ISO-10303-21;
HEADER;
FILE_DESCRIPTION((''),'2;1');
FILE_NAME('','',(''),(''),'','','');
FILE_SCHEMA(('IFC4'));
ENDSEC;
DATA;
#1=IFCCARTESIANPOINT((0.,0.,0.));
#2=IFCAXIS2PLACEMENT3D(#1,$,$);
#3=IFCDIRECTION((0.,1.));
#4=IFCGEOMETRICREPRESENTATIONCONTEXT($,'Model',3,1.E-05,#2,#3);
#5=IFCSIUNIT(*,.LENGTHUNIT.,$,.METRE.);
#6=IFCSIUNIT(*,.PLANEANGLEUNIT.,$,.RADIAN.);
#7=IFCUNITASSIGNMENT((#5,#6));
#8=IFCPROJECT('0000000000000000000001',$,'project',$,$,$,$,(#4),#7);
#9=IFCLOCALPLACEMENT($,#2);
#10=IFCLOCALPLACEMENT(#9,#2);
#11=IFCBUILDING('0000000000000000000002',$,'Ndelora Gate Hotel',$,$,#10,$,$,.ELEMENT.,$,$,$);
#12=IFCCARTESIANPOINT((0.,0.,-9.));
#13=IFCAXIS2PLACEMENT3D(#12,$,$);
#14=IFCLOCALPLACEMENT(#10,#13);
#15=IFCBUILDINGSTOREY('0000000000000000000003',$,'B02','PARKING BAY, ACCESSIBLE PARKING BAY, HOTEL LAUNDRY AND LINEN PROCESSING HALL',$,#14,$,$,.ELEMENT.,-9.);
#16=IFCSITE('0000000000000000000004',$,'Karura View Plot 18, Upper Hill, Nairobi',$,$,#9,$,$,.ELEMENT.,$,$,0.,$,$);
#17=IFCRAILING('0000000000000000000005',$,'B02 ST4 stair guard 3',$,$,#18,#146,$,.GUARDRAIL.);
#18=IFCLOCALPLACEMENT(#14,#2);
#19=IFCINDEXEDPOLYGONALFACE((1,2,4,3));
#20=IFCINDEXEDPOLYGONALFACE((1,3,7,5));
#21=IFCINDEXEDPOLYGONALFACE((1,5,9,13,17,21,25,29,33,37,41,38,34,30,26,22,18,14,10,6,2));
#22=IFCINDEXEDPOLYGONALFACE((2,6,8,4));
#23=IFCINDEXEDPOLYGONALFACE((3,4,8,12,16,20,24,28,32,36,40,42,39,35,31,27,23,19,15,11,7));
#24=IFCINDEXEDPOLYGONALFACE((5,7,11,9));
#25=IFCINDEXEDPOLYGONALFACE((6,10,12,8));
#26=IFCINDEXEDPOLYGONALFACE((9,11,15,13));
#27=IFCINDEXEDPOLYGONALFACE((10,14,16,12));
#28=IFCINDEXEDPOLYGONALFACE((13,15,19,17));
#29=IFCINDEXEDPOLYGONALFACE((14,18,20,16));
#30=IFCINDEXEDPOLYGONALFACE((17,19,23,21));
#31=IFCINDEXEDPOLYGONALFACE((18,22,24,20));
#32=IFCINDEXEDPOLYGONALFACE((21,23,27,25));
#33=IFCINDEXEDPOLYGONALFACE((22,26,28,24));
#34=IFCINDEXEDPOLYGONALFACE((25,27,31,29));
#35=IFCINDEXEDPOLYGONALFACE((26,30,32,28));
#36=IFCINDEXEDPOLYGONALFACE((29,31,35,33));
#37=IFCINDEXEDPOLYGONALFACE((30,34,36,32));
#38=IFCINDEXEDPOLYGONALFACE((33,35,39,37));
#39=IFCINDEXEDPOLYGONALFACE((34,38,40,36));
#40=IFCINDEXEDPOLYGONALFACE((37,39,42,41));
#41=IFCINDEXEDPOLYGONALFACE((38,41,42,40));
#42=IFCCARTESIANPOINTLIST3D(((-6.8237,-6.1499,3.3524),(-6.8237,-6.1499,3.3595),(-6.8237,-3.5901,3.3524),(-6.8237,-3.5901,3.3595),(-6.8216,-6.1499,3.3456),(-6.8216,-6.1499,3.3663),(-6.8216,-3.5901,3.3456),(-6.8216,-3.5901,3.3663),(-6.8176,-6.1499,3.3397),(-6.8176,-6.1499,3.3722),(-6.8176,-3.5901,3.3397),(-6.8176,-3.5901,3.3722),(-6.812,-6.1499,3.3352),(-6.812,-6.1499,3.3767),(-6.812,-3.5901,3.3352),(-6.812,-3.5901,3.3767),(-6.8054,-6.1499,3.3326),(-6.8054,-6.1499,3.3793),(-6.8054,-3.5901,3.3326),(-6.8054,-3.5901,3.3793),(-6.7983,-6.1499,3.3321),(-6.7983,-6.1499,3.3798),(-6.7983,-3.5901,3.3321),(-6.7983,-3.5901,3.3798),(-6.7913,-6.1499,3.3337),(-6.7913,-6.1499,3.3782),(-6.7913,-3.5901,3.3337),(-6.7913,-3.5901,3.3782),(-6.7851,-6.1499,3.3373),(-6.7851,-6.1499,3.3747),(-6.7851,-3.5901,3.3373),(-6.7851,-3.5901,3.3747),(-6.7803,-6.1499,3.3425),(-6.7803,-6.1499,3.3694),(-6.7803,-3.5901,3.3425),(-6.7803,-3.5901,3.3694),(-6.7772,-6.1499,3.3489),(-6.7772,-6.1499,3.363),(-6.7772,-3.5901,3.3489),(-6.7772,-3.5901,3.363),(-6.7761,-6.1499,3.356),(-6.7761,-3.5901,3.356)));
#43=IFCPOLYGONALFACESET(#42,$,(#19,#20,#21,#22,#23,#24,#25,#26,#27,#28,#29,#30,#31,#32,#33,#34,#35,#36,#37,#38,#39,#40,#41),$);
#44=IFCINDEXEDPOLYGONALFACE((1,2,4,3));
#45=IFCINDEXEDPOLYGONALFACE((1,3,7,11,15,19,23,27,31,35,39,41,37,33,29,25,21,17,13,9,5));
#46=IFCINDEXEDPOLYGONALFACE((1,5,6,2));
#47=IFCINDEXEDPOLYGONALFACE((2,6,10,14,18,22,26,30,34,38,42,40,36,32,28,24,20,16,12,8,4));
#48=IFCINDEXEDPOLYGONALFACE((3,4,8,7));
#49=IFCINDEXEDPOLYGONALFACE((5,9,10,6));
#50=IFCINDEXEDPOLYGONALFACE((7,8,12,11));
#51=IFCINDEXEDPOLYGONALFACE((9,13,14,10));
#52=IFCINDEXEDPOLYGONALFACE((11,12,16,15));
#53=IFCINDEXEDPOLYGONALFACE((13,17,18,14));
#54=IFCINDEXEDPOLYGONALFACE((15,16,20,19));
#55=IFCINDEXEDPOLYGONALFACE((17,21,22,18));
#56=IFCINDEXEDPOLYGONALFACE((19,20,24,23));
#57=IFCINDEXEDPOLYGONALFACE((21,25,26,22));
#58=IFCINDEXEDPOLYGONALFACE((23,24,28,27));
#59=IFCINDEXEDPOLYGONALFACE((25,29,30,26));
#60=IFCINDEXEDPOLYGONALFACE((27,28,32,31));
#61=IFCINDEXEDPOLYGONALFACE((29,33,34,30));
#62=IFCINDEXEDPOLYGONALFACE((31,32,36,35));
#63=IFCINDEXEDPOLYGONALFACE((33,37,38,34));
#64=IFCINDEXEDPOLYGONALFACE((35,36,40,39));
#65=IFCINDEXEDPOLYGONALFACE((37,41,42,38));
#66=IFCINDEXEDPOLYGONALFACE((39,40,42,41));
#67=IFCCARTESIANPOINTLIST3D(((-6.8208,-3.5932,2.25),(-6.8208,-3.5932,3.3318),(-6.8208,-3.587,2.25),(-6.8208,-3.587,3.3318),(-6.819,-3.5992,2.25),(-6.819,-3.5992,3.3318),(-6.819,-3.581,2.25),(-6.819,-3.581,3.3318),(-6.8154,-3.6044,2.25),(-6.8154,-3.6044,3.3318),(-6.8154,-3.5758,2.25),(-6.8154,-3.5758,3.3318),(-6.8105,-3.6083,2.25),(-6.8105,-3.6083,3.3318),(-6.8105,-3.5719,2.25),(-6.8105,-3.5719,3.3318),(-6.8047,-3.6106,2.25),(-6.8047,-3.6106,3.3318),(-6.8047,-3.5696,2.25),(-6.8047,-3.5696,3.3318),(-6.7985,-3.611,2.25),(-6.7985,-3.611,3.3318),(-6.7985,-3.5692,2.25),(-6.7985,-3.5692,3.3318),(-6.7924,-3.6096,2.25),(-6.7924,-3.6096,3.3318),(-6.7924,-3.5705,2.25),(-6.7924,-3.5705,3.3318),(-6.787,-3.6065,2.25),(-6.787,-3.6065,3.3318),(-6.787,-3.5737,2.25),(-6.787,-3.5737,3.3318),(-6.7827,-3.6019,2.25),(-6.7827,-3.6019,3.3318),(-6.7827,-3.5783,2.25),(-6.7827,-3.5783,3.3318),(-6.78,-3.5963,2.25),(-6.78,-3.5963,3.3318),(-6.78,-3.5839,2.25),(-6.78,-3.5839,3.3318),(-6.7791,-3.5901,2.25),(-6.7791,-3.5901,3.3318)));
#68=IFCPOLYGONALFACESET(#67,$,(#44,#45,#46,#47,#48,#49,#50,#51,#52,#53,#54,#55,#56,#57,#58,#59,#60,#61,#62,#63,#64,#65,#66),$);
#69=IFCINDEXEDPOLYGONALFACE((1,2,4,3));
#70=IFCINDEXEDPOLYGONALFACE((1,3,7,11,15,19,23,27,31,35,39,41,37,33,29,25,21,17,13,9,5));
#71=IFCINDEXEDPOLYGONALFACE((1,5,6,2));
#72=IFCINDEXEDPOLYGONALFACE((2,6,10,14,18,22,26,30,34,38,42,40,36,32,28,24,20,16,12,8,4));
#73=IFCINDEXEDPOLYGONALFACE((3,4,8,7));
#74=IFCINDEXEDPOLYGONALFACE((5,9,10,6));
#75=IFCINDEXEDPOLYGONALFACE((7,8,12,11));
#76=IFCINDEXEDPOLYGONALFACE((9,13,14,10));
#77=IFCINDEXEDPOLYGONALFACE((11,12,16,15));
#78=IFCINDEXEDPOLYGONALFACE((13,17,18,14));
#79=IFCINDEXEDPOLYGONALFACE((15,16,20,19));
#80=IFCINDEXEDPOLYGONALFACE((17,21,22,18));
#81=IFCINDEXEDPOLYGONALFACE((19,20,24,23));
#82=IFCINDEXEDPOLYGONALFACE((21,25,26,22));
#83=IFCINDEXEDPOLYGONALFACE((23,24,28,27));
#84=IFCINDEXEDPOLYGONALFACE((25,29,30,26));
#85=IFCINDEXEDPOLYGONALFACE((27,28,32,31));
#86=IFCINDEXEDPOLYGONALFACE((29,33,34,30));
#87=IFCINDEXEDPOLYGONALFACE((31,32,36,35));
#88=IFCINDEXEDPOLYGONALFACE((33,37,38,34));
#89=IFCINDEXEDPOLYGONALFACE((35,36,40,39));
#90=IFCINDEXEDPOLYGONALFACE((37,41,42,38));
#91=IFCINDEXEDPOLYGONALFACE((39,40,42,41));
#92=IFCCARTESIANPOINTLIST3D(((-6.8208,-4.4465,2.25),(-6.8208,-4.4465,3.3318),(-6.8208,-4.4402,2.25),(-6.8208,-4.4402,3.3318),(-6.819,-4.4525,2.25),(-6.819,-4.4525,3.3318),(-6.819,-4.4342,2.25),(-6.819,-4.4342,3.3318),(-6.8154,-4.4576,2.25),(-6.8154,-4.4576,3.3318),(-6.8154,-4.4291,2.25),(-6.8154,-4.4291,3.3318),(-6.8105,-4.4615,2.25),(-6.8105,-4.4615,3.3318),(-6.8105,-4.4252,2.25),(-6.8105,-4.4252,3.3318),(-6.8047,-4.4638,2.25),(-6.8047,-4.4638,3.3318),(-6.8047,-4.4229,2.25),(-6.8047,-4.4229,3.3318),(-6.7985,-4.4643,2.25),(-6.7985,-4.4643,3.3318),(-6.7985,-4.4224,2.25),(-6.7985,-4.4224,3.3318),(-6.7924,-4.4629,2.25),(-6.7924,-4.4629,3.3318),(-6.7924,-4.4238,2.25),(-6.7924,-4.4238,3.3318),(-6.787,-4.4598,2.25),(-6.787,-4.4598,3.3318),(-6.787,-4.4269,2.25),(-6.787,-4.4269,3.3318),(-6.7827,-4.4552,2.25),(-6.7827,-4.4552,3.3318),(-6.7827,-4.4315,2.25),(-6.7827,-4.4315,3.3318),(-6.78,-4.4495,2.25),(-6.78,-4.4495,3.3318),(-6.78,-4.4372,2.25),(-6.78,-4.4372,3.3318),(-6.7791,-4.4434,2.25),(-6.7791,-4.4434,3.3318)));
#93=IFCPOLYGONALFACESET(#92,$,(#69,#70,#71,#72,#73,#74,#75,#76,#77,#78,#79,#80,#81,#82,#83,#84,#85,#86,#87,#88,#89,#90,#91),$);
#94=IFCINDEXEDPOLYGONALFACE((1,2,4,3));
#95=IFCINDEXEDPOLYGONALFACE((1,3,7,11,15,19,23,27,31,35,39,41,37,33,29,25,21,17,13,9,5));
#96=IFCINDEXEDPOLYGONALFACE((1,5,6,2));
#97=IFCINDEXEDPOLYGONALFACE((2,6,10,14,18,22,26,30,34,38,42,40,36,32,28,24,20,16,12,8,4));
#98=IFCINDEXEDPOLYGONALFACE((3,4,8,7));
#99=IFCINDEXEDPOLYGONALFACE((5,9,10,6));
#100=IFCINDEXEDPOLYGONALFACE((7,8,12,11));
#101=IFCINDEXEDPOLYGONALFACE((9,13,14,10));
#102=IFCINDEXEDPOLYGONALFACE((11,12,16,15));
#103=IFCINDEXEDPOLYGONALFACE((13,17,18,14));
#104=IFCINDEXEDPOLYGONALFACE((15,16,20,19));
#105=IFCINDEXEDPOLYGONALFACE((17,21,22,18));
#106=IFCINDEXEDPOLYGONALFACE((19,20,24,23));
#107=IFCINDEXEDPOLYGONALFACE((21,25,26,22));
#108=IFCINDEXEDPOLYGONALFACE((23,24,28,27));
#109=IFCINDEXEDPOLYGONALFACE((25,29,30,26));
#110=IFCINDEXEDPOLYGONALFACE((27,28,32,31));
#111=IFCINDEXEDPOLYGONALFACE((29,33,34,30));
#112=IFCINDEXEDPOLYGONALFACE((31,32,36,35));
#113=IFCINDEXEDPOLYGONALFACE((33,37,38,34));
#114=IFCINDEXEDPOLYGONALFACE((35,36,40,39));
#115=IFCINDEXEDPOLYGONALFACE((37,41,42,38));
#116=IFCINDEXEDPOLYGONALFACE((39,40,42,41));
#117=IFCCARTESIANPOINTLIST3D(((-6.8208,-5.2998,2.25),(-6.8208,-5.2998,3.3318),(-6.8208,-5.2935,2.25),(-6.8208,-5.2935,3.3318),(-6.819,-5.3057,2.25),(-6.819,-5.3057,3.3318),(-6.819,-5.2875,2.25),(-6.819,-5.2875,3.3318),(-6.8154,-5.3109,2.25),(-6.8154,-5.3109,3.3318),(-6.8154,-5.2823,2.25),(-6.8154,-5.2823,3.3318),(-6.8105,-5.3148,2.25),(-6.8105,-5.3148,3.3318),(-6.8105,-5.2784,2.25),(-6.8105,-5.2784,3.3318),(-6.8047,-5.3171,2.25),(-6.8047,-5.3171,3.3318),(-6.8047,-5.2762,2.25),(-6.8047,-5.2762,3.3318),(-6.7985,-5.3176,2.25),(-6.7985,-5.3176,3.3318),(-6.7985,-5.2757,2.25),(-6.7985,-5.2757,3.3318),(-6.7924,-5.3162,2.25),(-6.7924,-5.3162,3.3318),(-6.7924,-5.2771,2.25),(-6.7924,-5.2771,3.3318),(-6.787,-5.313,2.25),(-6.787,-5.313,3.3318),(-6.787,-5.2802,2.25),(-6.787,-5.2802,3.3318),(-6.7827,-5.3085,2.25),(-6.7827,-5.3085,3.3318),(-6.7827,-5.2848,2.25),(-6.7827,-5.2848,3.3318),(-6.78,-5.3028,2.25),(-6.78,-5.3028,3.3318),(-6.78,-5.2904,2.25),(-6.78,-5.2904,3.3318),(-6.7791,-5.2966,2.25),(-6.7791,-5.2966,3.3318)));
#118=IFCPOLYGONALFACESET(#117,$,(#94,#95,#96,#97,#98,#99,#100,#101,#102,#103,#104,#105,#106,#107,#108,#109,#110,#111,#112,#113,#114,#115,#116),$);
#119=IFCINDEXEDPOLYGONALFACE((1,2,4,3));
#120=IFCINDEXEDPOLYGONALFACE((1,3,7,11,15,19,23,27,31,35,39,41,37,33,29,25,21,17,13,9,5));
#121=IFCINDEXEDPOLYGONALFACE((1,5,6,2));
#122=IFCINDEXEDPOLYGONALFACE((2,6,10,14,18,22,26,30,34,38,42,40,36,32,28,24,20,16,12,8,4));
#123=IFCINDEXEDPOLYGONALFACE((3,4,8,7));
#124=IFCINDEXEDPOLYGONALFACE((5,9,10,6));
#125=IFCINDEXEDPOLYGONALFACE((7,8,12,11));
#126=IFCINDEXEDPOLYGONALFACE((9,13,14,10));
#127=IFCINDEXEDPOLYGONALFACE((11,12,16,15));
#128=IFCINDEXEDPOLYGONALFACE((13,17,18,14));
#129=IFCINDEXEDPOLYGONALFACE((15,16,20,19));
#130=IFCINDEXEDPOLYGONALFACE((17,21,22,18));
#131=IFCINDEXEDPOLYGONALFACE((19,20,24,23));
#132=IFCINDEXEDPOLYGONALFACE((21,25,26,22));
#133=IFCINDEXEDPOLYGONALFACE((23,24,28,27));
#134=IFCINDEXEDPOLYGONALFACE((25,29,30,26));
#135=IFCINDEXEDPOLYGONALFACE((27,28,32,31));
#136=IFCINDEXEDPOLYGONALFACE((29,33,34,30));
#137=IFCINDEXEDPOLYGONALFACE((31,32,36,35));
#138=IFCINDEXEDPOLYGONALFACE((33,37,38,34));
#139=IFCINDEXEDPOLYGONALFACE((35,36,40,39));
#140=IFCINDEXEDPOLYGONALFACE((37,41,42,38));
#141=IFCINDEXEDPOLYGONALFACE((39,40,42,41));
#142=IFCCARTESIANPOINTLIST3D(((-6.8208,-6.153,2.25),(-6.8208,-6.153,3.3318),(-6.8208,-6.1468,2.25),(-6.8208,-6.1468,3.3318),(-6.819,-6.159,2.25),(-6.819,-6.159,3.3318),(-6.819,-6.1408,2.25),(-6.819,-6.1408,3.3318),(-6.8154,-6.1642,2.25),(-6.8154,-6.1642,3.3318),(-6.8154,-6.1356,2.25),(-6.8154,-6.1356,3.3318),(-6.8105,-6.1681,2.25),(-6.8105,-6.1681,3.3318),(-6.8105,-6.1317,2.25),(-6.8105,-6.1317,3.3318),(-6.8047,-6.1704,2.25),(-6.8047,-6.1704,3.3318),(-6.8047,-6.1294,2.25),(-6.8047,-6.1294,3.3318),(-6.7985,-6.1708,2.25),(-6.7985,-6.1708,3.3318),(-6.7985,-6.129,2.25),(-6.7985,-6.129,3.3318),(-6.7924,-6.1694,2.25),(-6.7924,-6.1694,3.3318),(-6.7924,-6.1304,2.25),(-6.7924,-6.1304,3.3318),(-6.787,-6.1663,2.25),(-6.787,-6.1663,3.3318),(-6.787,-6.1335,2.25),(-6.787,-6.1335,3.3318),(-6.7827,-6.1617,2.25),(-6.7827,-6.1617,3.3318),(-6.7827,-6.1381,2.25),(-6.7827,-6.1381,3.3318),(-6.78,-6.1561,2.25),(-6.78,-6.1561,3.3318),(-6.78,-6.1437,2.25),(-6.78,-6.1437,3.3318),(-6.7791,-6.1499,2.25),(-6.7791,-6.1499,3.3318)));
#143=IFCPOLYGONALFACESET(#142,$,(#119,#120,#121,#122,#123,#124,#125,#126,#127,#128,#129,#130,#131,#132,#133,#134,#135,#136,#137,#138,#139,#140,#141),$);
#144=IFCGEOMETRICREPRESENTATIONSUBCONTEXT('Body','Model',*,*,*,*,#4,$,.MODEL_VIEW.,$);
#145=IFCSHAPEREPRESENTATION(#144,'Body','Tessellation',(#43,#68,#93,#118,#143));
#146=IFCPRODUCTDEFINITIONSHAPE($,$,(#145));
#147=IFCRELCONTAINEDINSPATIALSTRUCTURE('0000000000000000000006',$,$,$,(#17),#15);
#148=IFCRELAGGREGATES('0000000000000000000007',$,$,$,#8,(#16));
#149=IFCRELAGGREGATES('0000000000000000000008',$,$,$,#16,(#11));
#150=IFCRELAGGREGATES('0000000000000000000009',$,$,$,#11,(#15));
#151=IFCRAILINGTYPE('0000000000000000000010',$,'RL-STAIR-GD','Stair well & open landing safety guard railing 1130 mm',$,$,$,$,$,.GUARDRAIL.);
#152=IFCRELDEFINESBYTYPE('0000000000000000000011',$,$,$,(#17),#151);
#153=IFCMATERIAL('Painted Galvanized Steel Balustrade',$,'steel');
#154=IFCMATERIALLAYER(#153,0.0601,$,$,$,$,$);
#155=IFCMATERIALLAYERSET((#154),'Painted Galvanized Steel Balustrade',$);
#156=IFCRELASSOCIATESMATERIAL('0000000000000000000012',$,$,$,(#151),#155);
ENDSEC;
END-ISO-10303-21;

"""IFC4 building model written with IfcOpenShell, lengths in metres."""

from ifc_helpers import new_model, si_unit, direction, frame, origin, origin_2d, place, context, subcontext, project, spatial, circle, extrude, material, layer, layer_set, type_object, element, save


model = new_model("IFC4")

# Units and contexts
model_context = context("Model", 3, precision=1e-05, world=origin(), true_north=direction((0.0, 1.0)))
body_context = subcontext(model_context, "Body", "Model", "MODEL_VIEW")
ifc_project = project(units=[si_unit("LENGTHUNIT", "METRE"), si_unit("PLANEANGLEUNIT", "RADIAN")], contexts=[model_context])

# Site, building, storey
site_placement = place(None, origin())
site = spatial("IfcSite", under=ifc_project, at=site_placement, Name="Karura View Plot 18, Upper Hill, Nairobi", CompositionType="ELEMENT", RefElevation=0.0)
building_placement = place(site_placement, origin())
building = spatial("IfcBuilding", under=site, at=building_placement, Name="Ndelora Gate Hotel", CompositionType="ELEMENT")
storey_placement = place(building_placement, frame((0.0, 0.0, -9.0)))
storey = spatial("IfcBuildingStorey", under=building, at=storey_placement, Name="B02", Description="PARKING BAY, ACCESSIBLE PARKING BAY, HOTEL LAUNDRY AND LINEN PROCESSING HALL", CompositionType="ELEMENT", Elevation=-9.0)

# Railing
ifc_material_1 = material(Name="Painted Galvanized Steel Balustrade", Category="steel")
ifc_layer_1 = layer(ifc_material_1, 0.0601)
ifc_layer_set_1 = layer_set([ifc_layer_1], Name="Painted Galvanized Steel Balustrade")
railing_type_1 = type_object("IfcRailingType", Name="RL-STAIR-GD", Description="Stair well & open landing safety guard railing 1130 mm", PredefinedType="GUARDRAIL", material=ifc_layer_set_1)
for number, where, name in (
    (1, (-6.8, -3.5901, 2.25), "B02 ST4 stair guard 3"),
):
    element("IfcRailing", number, at=place(storey_placement, frame(where)), inside=storey, type_object=railing_type_1, Name=name, PredefinedType="GUARDRAIL", context=body_context, shape_type="SweptSolid", body=[
        extrude(circle(Radius=0.0239, at=origin_2d()), frame((0.0, 0.0, 1.106), z_axis=(0.0, -1.0, 0.0), x_axis=(1.0, 0.0, 0.0)), (0.0, 0.0, 1.0), 2.5598),
        extrude(circle(Radius=0.021, at=origin_2d()), origin(), (0.0, 0.0, 1.0), 1.0818),
        extrude(circle(Radius=0.021, at=origin_2d()), frame((0.0, -0.8533, 0.0)), (0.0, 0.0, 1.0), 1.0818),
        extrude(circle(Radius=0.021, at=origin_2d()), frame((0.0, -1.7065, 0.0)), (0.0, 0.0, 1.0), 1.0818),
        extrude(circle(Radius=0.021, at=origin_2d()), frame((0.0, -2.5598, 0.0)), (0.0, 0.0, 1.0), 1.0818),
    ])

save(model, "model.ifc")
